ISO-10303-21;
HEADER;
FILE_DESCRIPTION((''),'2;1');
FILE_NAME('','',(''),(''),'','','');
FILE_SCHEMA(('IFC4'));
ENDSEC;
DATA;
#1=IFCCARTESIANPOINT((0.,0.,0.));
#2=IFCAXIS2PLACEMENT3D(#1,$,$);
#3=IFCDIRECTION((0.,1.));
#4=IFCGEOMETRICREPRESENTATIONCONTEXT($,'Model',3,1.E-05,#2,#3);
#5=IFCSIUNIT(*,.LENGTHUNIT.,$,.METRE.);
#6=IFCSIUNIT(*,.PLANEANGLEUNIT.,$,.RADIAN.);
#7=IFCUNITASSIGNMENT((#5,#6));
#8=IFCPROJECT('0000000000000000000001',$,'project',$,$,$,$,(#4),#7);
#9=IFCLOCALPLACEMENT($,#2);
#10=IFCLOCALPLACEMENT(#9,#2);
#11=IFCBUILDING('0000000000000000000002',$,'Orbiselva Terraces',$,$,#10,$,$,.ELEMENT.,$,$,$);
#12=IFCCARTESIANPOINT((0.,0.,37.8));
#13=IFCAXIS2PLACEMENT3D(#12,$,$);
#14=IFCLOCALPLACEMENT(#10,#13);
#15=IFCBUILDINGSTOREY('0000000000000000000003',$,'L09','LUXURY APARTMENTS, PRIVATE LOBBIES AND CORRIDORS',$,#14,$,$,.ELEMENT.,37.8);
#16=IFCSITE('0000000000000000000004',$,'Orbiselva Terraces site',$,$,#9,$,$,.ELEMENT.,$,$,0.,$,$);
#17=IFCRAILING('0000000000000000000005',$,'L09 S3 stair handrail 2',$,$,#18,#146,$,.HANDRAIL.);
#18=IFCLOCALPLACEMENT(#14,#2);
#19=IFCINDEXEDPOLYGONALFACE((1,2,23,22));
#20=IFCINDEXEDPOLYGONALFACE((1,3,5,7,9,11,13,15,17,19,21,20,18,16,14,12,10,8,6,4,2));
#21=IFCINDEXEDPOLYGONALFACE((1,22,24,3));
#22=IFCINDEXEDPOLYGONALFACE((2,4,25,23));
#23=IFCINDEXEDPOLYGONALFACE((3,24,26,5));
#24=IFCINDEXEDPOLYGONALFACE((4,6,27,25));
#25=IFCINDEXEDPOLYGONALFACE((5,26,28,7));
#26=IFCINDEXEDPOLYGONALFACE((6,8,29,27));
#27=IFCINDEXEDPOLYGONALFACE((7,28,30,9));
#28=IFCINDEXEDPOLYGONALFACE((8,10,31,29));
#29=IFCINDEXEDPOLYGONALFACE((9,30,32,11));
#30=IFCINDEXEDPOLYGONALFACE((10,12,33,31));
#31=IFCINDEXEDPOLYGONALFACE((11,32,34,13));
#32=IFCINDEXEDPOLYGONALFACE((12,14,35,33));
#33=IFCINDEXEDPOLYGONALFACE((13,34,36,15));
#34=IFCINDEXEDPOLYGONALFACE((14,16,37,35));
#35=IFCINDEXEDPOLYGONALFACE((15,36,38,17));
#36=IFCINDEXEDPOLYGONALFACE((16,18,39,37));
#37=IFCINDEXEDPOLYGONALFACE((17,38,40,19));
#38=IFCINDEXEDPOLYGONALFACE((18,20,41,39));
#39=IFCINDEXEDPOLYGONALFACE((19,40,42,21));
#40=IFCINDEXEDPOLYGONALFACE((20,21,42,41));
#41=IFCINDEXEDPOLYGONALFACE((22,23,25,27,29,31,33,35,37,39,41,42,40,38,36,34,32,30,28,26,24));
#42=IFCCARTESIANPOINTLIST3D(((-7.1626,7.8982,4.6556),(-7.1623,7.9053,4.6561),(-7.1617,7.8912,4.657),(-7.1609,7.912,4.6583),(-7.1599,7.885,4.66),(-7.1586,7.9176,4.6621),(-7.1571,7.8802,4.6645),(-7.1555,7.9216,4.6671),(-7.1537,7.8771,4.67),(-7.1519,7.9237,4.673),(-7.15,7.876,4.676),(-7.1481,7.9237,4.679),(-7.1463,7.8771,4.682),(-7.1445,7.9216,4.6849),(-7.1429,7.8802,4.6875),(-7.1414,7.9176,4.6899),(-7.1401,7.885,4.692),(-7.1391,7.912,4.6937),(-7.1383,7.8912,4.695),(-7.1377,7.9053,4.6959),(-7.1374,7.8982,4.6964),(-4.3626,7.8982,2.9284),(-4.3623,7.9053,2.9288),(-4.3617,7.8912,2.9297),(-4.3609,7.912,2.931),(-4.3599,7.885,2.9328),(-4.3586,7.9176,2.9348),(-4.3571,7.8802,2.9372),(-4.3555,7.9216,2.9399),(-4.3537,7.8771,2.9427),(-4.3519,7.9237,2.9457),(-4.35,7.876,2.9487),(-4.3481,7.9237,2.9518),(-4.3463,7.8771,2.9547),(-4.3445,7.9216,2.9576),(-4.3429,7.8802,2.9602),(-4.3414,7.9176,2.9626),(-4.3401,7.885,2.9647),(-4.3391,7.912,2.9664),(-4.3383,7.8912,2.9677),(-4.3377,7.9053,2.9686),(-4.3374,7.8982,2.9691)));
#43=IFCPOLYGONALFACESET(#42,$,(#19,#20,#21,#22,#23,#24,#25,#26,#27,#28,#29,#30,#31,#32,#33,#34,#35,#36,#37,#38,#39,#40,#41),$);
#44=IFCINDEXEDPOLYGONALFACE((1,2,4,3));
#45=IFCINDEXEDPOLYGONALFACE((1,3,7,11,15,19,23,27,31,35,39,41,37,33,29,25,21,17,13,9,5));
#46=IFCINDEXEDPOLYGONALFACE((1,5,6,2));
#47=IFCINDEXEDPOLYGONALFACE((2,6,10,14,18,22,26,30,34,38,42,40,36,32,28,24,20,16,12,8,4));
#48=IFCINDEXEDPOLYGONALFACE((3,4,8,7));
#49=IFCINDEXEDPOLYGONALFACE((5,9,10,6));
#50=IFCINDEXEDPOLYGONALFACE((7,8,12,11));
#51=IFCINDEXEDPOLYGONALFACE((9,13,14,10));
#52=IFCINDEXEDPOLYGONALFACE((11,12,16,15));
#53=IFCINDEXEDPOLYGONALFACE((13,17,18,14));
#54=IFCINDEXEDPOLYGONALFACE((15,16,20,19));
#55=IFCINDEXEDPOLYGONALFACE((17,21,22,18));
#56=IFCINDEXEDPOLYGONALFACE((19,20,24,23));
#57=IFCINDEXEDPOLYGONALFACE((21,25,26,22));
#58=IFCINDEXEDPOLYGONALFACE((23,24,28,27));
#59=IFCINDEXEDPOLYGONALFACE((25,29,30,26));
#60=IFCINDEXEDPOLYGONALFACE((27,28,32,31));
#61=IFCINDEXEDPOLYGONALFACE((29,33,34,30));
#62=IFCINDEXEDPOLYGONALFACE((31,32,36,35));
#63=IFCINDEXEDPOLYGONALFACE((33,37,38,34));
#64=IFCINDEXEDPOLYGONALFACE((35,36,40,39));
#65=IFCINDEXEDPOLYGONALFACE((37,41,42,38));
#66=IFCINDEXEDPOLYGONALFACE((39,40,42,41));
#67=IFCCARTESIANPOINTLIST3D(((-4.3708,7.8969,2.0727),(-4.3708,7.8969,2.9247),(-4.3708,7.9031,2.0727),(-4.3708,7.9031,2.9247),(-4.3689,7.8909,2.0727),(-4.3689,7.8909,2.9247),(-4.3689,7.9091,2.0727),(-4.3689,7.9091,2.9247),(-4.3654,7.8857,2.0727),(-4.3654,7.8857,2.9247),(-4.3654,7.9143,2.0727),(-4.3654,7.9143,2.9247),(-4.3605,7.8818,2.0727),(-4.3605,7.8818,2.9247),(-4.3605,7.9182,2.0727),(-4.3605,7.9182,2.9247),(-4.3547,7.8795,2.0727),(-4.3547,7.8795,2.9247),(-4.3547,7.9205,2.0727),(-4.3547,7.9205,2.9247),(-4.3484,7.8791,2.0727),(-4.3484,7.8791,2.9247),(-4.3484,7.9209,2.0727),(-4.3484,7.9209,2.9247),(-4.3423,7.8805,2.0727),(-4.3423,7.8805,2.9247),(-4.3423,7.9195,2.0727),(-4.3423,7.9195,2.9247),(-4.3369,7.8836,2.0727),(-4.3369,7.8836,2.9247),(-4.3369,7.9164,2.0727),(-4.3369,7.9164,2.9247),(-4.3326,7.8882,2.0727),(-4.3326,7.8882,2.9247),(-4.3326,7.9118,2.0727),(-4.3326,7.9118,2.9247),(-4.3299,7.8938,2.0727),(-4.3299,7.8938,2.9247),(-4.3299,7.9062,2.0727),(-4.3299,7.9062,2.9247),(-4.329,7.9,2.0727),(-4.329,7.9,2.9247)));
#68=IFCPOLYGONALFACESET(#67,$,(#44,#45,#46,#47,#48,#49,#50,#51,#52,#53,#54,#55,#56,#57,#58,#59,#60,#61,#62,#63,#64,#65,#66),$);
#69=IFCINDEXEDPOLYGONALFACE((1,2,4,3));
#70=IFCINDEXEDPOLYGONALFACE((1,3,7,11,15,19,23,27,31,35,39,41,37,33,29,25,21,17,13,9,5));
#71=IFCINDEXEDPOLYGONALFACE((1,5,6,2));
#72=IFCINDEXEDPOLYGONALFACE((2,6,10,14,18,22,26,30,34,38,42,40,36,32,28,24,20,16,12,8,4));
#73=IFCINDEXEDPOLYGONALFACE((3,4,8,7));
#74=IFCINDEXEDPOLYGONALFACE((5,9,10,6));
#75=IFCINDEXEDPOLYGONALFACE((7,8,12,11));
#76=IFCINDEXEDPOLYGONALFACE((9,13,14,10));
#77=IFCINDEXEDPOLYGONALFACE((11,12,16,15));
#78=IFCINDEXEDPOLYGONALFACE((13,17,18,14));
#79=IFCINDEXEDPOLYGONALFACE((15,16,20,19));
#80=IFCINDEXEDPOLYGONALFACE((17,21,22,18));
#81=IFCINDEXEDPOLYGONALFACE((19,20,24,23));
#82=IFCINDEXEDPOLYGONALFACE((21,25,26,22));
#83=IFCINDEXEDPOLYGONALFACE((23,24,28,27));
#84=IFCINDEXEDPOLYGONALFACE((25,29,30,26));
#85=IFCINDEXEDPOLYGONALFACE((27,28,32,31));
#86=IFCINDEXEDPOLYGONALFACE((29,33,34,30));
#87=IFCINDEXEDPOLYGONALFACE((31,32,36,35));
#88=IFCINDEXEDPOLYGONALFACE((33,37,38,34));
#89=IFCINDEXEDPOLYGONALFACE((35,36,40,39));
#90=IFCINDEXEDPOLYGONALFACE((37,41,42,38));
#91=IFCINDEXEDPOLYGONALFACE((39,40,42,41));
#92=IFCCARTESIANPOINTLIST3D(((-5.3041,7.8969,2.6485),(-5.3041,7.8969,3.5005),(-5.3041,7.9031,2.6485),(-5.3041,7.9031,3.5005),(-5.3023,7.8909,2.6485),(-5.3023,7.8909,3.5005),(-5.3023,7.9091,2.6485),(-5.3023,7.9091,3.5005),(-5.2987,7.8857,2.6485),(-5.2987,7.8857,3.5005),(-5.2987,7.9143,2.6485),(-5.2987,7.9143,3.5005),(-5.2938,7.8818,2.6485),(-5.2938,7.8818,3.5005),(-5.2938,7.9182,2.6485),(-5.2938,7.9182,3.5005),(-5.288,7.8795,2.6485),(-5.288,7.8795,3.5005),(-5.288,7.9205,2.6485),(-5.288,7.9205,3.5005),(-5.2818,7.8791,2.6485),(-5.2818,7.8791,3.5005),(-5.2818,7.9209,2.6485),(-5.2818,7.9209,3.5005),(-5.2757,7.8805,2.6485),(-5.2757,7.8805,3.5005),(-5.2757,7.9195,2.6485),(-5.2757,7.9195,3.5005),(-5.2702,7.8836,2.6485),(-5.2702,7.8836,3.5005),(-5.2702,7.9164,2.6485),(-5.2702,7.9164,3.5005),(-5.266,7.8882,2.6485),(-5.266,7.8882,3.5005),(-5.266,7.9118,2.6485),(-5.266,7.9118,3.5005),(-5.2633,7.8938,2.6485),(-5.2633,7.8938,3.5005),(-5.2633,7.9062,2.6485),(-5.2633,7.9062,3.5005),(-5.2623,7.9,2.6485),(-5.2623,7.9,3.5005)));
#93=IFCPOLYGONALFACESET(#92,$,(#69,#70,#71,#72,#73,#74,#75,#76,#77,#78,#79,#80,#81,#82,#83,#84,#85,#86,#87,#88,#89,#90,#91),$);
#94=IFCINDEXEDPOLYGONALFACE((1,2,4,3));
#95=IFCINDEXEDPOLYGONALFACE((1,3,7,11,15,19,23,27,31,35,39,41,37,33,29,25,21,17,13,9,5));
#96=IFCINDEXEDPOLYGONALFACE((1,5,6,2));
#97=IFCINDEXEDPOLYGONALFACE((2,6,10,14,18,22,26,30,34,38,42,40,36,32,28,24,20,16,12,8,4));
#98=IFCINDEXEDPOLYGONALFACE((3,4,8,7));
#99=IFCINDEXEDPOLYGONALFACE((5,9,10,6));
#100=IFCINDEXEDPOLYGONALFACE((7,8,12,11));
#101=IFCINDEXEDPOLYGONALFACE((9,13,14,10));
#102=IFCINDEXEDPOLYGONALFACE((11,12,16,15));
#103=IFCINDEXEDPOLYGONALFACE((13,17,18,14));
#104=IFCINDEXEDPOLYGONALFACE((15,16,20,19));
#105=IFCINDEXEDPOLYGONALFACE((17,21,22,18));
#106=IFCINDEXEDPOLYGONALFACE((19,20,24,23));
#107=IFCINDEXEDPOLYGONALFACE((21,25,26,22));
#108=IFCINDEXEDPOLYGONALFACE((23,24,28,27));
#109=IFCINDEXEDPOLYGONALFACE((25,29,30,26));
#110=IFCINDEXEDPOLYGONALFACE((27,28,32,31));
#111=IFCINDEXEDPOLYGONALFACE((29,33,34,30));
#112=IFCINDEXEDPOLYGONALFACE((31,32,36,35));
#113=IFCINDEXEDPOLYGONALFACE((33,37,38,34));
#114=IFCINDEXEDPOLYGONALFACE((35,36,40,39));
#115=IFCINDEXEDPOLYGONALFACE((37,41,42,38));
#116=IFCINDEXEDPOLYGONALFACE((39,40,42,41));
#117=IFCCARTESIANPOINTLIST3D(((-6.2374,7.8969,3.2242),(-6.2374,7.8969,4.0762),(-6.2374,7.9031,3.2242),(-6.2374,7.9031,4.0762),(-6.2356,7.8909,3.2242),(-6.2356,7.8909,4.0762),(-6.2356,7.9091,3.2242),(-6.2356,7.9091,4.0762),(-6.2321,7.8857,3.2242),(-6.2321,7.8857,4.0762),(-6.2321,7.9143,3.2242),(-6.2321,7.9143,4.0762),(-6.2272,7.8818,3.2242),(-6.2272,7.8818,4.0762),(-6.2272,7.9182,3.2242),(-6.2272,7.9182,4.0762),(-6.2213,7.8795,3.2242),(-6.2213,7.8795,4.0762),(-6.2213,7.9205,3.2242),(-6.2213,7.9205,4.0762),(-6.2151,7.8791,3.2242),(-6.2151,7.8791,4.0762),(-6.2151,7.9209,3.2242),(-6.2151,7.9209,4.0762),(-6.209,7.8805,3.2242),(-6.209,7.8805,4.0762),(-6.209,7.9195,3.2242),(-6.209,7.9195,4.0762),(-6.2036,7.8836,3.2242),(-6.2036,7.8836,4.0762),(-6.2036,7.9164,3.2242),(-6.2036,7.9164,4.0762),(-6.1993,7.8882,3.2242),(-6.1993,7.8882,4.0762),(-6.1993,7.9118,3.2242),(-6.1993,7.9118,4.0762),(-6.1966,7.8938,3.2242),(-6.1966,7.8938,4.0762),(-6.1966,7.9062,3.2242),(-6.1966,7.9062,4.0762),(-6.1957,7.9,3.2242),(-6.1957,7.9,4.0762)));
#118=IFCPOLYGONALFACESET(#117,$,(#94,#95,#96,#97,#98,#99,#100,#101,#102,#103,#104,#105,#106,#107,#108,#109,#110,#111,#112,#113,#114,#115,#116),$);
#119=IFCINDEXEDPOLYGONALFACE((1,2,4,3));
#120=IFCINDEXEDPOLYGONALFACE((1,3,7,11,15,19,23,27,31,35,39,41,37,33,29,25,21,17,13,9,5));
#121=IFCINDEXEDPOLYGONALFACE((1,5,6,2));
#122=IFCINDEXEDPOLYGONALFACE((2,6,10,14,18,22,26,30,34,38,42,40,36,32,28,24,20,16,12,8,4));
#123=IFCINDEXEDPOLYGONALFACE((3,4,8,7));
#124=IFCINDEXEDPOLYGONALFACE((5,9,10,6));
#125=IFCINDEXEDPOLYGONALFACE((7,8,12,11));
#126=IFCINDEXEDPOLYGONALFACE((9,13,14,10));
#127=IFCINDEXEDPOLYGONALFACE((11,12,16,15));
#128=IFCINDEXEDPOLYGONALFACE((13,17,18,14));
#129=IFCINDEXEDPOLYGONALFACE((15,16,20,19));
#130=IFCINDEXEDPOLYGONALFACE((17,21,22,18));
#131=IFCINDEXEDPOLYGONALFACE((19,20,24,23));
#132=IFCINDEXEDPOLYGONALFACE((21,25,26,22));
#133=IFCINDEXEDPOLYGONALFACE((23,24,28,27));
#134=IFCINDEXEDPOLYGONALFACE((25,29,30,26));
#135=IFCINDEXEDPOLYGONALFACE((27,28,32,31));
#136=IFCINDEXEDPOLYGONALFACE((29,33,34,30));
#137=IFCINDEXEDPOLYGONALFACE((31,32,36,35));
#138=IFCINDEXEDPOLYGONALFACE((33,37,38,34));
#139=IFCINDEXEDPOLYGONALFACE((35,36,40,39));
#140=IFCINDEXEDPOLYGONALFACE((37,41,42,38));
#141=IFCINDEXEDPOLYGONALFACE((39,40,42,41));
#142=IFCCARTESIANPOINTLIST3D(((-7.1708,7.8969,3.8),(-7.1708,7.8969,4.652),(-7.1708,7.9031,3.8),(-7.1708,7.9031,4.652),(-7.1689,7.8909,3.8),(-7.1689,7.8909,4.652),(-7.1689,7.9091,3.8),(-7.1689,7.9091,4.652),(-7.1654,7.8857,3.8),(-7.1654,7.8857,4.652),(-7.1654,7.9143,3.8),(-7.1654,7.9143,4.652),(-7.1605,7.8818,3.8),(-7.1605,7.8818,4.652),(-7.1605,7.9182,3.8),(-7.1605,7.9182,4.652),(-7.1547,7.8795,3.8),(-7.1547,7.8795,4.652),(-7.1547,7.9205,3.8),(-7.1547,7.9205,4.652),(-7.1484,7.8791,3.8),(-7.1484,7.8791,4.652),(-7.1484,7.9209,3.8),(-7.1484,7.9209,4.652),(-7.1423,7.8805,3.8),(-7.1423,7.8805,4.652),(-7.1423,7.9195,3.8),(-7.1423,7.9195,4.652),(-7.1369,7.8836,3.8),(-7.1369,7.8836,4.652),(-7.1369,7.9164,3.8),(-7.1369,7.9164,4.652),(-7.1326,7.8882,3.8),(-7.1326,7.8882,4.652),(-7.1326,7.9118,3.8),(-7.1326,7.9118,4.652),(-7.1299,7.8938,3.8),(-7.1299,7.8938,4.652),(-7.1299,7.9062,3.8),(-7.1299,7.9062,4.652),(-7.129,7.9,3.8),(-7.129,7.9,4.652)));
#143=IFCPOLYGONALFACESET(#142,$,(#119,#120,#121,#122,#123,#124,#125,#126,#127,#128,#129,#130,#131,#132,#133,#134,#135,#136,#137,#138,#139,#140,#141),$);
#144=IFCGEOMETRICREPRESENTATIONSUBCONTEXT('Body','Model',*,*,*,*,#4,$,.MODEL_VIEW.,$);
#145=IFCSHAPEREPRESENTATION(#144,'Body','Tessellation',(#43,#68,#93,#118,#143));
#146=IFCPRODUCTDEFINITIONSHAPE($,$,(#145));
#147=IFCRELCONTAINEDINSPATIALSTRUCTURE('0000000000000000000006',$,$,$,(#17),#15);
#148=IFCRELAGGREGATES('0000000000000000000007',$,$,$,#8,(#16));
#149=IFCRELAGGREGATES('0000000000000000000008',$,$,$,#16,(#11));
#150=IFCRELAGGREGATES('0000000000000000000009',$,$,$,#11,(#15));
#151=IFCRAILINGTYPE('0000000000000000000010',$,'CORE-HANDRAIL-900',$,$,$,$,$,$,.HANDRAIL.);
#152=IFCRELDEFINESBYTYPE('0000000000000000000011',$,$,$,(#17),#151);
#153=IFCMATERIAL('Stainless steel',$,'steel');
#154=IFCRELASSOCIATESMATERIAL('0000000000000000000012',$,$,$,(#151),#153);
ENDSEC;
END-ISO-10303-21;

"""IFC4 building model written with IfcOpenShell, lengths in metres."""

from ifc_helpers import new_model, si_unit, direction, frame, origin, origin_2d, place, context, subcontext, project, spatial, circle, extrude, material, type_object, element, save


model = new_model("IFC4")

# Units and contexts
model_context = context("Model", 3, precision=1e-05, world=origin(), true_north=direction((0.0, 1.0)))
body_context = subcontext(model_context, "Body", "Model", "MODEL_VIEW")
ifc_project = project(units=[si_unit("LENGTHUNIT", "METRE"), si_unit("PLANEANGLEUNIT", "RADIAN")], contexts=[model_context])

# Site, building, storey
site_placement = place(None, origin())
site = spatial("IfcSite", under=ifc_project, at=site_placement, Name="Orbiselva Terraces site", CompositionType="ELEMENT", RefElevation=0.0)
building_placement = place(site_placement, origin())
building = spatial("IfcBuilding", under=site, at=building_placement, Name="Orbiselva Terraces", CompositionType="ELEMENT")
storey_placement = place(building_placement, frame((0.0, 0.0, 37.8)))
storey = spatial("IfcBuildingStorey", under=building, at=storey_placement, Name="L09", Description="LUXURY APARTMENTS, PRIVATE LOBBIES AND CORRIDORS", CompositionType="ELEMENT", Elevation=37.8)

# Railing
ifc_material_1 = material(Name="Stainless steel", Category="steel")
railing_type_1 = type_object("IfcRailingType", Name="CORE-HANDRAIL-900", PredefinedType="HANDRAIL", material=ifc_material_1)
railing_1_placement = place(storey_placement, frame((-4.35, 7.9, 2.0727)))
element("IfcRailing", 1, at=railing_1_placement, inside=storey, type_object=railing_type_1, Name="L09 S3 stair handrail 2", PredefinedType="HANDRAIL", context=body_context, shape_type="SweptSolid", body=[
    extrude(circle(Radius=0.024, at=origin_2d()), frame((0.0, 0.0, 0.876), z_axis=(-0.851089, 0.0, 0.525022), x_axis=(0.0, -1.0, 0.0)), (0.0, 0.0, 1.0), 3.2899),
    extrude(circle(Radius=0.021, at=origin_2d()), origin(), (0.0, 0.0, 1.0), 0.852),
    extrude(circle(Radius=0.021, at=origin_2d()), frame((-0.9333, 0.0, 0.5758)), (0.0, 0.0, 1.0), 0.852),
    extrude(circle(Radius=0.021, at=origin_2d()), frame((-1.8667, 0.0, 1.1515)), (0.0, 0.0, 1.0), 0.852),
    extrude(circle(Radius=0.021, at=origin_2d()), frame((-2.8, 0.0, 1.7273)), (0.0, 0.0, 1.0), 0.852),
])

save(model, "model.ifc")
